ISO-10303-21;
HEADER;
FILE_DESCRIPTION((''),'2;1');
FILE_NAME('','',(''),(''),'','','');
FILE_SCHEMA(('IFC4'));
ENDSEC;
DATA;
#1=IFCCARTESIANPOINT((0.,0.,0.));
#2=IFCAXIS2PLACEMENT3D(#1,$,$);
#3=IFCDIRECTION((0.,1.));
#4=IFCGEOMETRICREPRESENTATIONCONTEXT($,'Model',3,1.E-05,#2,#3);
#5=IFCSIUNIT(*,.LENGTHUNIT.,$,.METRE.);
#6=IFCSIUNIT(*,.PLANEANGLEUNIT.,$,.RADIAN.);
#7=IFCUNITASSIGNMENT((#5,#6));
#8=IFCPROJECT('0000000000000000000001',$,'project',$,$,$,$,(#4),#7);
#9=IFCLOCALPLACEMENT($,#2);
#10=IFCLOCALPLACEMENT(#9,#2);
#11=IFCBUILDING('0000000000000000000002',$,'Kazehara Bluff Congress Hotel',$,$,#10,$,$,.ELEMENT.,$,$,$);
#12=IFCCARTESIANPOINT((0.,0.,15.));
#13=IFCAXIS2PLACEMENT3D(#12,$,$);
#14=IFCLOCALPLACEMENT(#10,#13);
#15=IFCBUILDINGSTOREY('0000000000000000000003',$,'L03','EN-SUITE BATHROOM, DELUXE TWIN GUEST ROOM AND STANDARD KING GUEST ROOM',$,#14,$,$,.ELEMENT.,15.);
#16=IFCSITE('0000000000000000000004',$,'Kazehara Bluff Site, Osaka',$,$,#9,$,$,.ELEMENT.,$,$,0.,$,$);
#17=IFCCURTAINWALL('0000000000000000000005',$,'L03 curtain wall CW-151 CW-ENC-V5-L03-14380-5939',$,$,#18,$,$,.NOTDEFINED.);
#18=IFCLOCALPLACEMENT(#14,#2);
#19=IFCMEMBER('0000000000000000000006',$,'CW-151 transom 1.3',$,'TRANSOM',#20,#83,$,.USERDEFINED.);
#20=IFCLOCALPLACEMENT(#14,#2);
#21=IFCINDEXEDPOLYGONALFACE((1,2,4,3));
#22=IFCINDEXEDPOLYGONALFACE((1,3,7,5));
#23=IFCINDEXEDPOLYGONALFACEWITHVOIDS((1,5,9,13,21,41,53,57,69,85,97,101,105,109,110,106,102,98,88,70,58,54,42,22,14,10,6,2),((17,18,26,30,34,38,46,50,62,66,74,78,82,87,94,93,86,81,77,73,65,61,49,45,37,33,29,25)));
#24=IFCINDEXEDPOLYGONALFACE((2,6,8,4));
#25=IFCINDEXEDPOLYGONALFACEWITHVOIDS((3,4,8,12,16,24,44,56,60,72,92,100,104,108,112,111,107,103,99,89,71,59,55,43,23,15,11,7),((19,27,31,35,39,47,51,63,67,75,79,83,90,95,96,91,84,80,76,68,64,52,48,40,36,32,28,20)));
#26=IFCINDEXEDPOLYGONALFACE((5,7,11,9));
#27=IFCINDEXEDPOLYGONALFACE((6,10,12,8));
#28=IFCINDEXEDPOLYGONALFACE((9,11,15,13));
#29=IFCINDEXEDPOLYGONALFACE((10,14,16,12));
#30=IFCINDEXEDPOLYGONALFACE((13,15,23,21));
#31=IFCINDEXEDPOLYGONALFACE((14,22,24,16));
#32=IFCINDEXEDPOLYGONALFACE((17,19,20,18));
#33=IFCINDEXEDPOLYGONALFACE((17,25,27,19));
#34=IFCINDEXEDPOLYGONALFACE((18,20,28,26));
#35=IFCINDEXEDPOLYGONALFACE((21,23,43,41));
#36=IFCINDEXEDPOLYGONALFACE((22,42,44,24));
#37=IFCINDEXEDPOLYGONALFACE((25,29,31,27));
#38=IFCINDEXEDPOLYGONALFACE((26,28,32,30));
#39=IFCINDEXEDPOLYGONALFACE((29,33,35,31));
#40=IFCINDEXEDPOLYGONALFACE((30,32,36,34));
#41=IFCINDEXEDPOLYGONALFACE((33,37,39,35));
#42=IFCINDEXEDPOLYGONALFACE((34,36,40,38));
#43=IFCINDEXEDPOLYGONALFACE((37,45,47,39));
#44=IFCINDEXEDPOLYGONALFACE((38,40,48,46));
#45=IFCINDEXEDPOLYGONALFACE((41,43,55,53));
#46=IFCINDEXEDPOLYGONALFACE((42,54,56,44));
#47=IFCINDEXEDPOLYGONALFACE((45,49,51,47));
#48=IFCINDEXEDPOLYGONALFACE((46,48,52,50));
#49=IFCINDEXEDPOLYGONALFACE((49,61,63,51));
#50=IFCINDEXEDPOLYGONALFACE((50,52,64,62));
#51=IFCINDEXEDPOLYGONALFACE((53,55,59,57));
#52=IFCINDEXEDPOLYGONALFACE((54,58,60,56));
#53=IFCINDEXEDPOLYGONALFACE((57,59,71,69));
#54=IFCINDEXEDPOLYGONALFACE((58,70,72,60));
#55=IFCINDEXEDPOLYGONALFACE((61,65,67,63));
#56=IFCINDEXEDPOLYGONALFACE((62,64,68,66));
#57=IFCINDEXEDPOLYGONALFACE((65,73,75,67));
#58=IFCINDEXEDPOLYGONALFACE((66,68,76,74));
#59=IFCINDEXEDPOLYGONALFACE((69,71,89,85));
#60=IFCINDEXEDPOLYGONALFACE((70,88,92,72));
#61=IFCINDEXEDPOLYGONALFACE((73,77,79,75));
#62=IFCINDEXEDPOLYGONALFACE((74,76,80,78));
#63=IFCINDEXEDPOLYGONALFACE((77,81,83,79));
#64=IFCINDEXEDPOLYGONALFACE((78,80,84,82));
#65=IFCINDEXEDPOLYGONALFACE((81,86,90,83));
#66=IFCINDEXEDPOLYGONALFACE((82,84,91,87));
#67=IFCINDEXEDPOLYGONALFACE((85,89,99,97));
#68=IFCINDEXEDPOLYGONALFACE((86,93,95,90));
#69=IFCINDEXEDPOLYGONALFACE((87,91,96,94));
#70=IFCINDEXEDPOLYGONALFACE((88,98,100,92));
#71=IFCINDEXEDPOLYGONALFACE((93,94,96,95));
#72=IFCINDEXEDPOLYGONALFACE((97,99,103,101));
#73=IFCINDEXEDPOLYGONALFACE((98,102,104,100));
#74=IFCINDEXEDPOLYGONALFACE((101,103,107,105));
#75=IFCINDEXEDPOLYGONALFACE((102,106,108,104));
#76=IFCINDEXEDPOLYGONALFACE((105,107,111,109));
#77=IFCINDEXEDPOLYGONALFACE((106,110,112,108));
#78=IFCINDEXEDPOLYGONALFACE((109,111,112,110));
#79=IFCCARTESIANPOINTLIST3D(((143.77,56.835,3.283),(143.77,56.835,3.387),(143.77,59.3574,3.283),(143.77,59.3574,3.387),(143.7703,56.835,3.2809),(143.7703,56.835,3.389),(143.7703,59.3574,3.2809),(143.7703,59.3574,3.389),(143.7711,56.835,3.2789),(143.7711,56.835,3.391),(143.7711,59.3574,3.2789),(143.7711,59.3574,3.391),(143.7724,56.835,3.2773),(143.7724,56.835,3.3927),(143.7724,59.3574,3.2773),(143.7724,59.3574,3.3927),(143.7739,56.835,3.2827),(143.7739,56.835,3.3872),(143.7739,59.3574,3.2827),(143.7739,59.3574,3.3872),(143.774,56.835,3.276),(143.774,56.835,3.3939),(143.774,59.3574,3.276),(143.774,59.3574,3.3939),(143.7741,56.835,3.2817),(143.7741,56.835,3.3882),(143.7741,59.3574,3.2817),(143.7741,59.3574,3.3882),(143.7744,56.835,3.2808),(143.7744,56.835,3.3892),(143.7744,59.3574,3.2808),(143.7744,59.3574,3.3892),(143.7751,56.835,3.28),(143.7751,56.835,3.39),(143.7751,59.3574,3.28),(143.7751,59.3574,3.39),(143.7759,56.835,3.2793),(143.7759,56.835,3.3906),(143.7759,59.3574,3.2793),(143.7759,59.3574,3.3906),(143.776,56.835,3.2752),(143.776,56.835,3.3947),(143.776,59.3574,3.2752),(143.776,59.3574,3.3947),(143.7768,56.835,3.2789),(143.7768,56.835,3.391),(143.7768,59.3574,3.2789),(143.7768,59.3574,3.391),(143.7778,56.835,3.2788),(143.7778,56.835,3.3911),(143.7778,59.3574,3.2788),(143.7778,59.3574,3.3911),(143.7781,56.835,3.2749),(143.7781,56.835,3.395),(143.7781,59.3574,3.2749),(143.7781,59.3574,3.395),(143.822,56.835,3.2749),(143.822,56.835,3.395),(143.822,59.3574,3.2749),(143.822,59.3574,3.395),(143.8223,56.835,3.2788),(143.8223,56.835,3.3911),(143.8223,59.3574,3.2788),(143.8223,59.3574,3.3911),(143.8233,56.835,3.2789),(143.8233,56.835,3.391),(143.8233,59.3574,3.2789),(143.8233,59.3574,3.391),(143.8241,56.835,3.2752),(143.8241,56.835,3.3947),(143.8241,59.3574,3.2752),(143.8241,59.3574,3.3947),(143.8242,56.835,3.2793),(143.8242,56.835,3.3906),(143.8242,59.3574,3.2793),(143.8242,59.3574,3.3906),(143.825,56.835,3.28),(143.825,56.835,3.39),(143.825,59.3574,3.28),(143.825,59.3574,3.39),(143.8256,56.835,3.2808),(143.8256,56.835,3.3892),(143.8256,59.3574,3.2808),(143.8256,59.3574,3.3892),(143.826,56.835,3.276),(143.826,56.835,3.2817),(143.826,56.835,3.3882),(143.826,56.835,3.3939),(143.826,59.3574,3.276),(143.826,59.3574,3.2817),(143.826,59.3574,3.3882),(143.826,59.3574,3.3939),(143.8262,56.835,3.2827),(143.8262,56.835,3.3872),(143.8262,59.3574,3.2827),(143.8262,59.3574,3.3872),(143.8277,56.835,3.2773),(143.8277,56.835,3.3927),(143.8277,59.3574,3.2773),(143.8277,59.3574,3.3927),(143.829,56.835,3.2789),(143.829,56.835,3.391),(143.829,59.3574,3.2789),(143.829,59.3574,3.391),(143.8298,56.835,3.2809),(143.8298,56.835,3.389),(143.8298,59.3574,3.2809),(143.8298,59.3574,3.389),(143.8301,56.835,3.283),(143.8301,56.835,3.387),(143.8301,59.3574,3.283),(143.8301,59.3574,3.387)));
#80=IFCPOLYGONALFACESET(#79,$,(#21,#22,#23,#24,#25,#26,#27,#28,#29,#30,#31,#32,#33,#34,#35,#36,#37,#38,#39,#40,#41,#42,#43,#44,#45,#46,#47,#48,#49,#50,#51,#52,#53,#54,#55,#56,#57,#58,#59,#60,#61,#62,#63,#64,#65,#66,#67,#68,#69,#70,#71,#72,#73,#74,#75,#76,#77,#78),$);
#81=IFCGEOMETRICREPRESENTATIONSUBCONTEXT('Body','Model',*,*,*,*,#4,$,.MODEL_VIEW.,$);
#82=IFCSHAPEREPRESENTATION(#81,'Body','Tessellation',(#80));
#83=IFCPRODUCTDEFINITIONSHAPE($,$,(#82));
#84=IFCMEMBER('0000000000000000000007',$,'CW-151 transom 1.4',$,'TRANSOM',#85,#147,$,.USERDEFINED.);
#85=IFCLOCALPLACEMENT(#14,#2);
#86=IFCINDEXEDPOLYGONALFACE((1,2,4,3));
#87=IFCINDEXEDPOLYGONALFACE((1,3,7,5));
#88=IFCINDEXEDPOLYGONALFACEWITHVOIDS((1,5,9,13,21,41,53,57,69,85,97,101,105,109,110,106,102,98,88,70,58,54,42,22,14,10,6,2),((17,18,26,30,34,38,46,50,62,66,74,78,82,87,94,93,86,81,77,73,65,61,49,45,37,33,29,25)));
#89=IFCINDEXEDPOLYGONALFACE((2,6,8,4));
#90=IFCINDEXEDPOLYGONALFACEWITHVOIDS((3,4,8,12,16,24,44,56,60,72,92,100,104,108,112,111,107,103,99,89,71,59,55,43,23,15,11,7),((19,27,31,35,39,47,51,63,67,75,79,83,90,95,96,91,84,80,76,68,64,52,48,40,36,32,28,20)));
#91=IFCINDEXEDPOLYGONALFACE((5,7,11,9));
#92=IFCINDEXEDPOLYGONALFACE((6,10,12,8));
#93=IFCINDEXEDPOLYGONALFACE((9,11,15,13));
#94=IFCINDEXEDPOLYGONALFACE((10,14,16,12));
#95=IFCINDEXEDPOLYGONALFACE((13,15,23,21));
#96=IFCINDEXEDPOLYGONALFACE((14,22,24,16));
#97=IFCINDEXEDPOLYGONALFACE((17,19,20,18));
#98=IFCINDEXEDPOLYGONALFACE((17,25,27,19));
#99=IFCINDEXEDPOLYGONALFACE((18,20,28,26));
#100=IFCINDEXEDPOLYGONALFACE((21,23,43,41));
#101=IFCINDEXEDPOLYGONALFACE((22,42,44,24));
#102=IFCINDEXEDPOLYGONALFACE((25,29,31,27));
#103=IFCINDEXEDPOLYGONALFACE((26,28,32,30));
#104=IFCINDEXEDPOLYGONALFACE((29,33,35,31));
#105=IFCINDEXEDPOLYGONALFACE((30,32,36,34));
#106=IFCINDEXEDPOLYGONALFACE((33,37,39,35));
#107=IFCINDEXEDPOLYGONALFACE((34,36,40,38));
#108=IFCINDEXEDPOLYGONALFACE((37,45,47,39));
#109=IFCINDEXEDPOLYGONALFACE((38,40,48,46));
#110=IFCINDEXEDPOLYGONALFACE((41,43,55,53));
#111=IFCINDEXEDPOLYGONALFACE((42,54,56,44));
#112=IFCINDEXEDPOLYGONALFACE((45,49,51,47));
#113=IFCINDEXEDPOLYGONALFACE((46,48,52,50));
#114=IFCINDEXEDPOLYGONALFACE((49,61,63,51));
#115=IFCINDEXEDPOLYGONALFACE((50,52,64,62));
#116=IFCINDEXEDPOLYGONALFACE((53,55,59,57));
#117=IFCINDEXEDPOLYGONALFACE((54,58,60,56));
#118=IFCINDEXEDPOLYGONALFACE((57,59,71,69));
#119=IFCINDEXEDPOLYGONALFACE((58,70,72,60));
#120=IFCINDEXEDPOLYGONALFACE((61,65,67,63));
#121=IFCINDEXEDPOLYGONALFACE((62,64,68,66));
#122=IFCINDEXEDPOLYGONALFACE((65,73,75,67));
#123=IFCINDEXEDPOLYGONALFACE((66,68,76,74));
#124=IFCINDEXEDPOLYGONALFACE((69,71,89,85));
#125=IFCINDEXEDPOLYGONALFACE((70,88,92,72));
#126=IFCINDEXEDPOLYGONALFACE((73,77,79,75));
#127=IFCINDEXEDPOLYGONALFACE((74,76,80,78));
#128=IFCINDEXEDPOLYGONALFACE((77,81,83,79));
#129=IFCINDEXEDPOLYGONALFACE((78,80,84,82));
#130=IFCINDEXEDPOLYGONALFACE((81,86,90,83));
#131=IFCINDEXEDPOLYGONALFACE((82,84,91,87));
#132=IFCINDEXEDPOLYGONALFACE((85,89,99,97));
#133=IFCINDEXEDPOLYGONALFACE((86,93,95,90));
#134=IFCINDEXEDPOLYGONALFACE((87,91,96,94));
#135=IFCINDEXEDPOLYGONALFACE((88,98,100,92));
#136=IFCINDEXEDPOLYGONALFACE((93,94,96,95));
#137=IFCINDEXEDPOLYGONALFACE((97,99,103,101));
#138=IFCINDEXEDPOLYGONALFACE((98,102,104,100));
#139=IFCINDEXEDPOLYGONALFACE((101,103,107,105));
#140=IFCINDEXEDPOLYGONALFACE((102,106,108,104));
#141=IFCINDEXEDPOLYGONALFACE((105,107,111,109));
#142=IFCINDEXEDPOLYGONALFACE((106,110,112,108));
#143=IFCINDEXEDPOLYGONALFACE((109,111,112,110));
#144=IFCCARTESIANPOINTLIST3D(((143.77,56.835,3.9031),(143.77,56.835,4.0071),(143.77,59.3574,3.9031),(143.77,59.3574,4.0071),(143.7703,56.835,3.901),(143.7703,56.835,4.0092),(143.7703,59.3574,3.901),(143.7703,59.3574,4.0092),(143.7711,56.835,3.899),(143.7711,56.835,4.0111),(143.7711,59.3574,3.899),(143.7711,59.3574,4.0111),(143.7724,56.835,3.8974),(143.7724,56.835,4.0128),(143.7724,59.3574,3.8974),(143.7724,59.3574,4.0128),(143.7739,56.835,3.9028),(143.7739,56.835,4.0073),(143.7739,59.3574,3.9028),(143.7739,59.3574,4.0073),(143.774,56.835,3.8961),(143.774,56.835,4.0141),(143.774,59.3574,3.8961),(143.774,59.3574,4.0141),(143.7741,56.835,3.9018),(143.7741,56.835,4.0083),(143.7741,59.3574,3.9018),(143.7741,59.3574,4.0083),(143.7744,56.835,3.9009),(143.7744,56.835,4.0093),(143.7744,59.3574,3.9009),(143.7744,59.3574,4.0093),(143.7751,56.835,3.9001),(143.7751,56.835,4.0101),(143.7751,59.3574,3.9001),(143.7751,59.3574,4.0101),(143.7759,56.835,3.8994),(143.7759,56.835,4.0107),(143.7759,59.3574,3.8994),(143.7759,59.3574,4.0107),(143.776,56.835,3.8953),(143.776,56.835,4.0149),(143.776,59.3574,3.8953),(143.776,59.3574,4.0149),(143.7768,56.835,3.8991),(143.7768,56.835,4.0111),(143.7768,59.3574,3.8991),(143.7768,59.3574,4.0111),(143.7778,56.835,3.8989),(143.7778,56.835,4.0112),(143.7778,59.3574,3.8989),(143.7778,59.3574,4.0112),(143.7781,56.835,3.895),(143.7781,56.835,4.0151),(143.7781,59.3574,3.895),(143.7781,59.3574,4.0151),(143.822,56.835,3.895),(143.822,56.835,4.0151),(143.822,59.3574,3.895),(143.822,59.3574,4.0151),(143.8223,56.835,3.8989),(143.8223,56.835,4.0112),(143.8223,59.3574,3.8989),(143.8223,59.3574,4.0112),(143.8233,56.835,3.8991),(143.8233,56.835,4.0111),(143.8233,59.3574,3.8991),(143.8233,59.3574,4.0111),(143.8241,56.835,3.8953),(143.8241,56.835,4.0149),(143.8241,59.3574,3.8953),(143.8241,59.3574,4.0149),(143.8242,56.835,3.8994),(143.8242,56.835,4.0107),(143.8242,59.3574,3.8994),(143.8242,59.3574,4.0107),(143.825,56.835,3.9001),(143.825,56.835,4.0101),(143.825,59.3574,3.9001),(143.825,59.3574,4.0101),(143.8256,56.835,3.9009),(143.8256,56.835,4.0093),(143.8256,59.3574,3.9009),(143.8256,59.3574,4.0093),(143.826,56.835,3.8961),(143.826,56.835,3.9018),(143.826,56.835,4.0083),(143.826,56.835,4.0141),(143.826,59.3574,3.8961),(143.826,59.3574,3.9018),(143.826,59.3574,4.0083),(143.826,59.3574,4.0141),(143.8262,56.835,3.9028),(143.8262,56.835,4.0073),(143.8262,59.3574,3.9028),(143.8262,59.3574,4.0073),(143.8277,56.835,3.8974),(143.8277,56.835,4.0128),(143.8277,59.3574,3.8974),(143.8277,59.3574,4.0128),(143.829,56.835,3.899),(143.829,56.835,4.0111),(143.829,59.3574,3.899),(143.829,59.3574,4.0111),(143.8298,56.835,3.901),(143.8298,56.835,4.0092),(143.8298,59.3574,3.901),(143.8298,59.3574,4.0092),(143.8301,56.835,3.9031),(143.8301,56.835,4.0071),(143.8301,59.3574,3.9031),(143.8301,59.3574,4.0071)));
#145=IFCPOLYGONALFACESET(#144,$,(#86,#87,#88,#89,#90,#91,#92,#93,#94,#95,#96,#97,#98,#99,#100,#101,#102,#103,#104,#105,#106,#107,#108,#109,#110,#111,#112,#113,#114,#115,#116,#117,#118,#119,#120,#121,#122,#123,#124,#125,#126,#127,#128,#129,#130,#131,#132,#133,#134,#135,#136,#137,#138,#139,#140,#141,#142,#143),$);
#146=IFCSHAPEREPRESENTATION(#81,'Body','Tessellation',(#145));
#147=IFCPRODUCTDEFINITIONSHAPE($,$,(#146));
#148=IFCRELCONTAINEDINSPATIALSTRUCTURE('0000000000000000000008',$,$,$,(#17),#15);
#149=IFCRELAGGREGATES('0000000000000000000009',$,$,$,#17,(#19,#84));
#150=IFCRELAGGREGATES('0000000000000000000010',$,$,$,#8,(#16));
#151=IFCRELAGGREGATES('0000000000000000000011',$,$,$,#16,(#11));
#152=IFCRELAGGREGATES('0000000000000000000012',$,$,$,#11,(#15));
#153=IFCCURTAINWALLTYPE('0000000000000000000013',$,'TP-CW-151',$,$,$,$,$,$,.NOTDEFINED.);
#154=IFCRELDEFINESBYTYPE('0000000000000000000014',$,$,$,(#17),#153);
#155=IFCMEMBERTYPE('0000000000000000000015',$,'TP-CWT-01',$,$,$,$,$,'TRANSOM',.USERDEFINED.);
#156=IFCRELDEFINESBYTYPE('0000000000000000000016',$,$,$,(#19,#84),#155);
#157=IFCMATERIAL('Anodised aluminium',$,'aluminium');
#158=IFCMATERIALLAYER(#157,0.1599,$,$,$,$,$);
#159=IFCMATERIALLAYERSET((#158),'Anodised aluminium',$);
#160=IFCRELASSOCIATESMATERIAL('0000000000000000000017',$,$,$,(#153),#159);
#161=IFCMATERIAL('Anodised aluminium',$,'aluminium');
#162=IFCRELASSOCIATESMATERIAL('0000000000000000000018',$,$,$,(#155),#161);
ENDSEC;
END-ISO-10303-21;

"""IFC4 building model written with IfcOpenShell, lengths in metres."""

from ifc_helpers import new_model, si_unit, direction, frame, origin, origin_2d, place, context, subcontext, project, spatial, hollow_rectangle, extrude, material, layer, layer_set, material_profile, profile_set, type_object, element, aggregate, save


model = new_model("IFC4")

# Units and contexts
model_context = context("Model", 3, precision=1e-05, world=origin(), true_north=direction((0.0, 1.0)))
body_context = subcontext(model_context, "Body", "Model", "MODEL_VIEW")
ifc_project = project(units=[si_unit("LENGTHUNIT", "METRE"), si_unit("PLANEANGLEUNIT", "RADIAN")], contexts=[model_context])

# Site, building, storey
site_placement = place(None, origin())
site = spatial("IfcSite", under=ifc_project, at=site_placement, Name="Kazehara Bluff Site, Osaka", CompositionType="ELEMENT", RefElevation=0.0)
building_placement = place(site_placement, origin())
building = spatial("IfcBuilding", under=site, at=building_placement, Name="Kazehara Bluff Congress Hotel", CompositionType="ELEMENT")
storey_placement = place(building_placement, frame((0.0, 0.0, 15.0)))
storey = spatial("IfcBuildingStorey", under=building, at=storey_placement, Name="L03", Description="EN-SUITE BATHROOM, DELUXE TWIN GUEST ROOM AND STANDARD KING GUEST ROOM", CompositionType="ELEMENT", Elevation=15.0)

# Curtain wall, members
ifc_material_1 = material(Name="Anodised aluminium", Category="aluminium")
ifc_layer_1 = layer(ifc_material_1, 0.1599)
ifc_layer_set_1 = layer_set([ifc_layer_1], Name="Anodised aluminium")
curtain_wall_type = type_object("IfcCurtainWallType", Name="TP-CW-151", PredefinedType="NOTDEFINED", material=ifc_layer_set_1)
curtain_wall_placement = place(storey_placement, origin())
curtain_wall = element("IfcCurtainWall", 1, at=curtain_wall_placement, inside=storey, type_object=curtain_wall_type, Name="L03 curtain wall CW-151 CW-ENC-V5-L03-14380-5939", PredefinedType="NOTDEFINED")
ifc_material_2 = material(Name="Anodised aluminium", Category="aluminium")
ifc_material_profile_1 = material_profile(ifc_material_2, hollow_rectangle(XDim=0.0601, YDim=0.1201, WallThickness=0.0039, InnerFilletRadius=0.0039, OuterFilletRadius=0.0081, at=origin_2d()))
ifc_profile_set_1 = profile_set([ifc_material_profile_1], Name="Anodised aluminium")
member_type_1 = type_object("IfcMemberType", Name="TP-CWT-01", ElementType="TRANSOM", PredefinedType="USERDEFINED", material=ifc_profile_set_1)
member_1_placement = place(storey_placement, frame((143.8, 56.835, 3.335), z_axis=(0.0, 1.0, 0.0), x_axis=(-1.0, 0.0, 0.0)))
member_1 = element("IfcMember", 2, at=member_1_placement, type_object=member_type_1, Name="CW-151 transom 1.3", ObjectType="TRANSOM", PredefinedType="USERDEFINED", context=body_context, shape_type="SweptSolid", body=[
    extrude(hollow_rectangle(XDim=0.0601, YDim=0.1201, WallThickness=0.0039, InnerFilletRadius=0.0039, OuterFilletRadius=0.0081, at=origin_2d()), origin(), (0.0, 0.0, 1.0), 2.5225),
])
member_2_placement = place(storey_placement, frame((143.8, 56.835, 3.9551), z_axis=(0.0, 1.0, 0.0), x_axis=(-1.0, 0.0, 0.0)))
member_2 = element("IfcMember", 3, at=member_2_placement, type_object=member_type_1, Name="CW-151 transom 1.4", ObjectType="TRANSOM", PredefinedType="USERDEFINED", context=body_context, shape_type="SweptSolid", body=[
    extrude(hollow_rectangle(XDim=0.0601, YDim=0.1201, WallThickness=0.0039, InnerFilletRadius=0.0039, OuterFilletRadius=0.0081, at=origin_2d()), origin(), (0.0, 0.0, 1.0), 2.5225),
])
aggregate(curtain_wall, [member_1, member_2])

save(model, "model.ifc")
